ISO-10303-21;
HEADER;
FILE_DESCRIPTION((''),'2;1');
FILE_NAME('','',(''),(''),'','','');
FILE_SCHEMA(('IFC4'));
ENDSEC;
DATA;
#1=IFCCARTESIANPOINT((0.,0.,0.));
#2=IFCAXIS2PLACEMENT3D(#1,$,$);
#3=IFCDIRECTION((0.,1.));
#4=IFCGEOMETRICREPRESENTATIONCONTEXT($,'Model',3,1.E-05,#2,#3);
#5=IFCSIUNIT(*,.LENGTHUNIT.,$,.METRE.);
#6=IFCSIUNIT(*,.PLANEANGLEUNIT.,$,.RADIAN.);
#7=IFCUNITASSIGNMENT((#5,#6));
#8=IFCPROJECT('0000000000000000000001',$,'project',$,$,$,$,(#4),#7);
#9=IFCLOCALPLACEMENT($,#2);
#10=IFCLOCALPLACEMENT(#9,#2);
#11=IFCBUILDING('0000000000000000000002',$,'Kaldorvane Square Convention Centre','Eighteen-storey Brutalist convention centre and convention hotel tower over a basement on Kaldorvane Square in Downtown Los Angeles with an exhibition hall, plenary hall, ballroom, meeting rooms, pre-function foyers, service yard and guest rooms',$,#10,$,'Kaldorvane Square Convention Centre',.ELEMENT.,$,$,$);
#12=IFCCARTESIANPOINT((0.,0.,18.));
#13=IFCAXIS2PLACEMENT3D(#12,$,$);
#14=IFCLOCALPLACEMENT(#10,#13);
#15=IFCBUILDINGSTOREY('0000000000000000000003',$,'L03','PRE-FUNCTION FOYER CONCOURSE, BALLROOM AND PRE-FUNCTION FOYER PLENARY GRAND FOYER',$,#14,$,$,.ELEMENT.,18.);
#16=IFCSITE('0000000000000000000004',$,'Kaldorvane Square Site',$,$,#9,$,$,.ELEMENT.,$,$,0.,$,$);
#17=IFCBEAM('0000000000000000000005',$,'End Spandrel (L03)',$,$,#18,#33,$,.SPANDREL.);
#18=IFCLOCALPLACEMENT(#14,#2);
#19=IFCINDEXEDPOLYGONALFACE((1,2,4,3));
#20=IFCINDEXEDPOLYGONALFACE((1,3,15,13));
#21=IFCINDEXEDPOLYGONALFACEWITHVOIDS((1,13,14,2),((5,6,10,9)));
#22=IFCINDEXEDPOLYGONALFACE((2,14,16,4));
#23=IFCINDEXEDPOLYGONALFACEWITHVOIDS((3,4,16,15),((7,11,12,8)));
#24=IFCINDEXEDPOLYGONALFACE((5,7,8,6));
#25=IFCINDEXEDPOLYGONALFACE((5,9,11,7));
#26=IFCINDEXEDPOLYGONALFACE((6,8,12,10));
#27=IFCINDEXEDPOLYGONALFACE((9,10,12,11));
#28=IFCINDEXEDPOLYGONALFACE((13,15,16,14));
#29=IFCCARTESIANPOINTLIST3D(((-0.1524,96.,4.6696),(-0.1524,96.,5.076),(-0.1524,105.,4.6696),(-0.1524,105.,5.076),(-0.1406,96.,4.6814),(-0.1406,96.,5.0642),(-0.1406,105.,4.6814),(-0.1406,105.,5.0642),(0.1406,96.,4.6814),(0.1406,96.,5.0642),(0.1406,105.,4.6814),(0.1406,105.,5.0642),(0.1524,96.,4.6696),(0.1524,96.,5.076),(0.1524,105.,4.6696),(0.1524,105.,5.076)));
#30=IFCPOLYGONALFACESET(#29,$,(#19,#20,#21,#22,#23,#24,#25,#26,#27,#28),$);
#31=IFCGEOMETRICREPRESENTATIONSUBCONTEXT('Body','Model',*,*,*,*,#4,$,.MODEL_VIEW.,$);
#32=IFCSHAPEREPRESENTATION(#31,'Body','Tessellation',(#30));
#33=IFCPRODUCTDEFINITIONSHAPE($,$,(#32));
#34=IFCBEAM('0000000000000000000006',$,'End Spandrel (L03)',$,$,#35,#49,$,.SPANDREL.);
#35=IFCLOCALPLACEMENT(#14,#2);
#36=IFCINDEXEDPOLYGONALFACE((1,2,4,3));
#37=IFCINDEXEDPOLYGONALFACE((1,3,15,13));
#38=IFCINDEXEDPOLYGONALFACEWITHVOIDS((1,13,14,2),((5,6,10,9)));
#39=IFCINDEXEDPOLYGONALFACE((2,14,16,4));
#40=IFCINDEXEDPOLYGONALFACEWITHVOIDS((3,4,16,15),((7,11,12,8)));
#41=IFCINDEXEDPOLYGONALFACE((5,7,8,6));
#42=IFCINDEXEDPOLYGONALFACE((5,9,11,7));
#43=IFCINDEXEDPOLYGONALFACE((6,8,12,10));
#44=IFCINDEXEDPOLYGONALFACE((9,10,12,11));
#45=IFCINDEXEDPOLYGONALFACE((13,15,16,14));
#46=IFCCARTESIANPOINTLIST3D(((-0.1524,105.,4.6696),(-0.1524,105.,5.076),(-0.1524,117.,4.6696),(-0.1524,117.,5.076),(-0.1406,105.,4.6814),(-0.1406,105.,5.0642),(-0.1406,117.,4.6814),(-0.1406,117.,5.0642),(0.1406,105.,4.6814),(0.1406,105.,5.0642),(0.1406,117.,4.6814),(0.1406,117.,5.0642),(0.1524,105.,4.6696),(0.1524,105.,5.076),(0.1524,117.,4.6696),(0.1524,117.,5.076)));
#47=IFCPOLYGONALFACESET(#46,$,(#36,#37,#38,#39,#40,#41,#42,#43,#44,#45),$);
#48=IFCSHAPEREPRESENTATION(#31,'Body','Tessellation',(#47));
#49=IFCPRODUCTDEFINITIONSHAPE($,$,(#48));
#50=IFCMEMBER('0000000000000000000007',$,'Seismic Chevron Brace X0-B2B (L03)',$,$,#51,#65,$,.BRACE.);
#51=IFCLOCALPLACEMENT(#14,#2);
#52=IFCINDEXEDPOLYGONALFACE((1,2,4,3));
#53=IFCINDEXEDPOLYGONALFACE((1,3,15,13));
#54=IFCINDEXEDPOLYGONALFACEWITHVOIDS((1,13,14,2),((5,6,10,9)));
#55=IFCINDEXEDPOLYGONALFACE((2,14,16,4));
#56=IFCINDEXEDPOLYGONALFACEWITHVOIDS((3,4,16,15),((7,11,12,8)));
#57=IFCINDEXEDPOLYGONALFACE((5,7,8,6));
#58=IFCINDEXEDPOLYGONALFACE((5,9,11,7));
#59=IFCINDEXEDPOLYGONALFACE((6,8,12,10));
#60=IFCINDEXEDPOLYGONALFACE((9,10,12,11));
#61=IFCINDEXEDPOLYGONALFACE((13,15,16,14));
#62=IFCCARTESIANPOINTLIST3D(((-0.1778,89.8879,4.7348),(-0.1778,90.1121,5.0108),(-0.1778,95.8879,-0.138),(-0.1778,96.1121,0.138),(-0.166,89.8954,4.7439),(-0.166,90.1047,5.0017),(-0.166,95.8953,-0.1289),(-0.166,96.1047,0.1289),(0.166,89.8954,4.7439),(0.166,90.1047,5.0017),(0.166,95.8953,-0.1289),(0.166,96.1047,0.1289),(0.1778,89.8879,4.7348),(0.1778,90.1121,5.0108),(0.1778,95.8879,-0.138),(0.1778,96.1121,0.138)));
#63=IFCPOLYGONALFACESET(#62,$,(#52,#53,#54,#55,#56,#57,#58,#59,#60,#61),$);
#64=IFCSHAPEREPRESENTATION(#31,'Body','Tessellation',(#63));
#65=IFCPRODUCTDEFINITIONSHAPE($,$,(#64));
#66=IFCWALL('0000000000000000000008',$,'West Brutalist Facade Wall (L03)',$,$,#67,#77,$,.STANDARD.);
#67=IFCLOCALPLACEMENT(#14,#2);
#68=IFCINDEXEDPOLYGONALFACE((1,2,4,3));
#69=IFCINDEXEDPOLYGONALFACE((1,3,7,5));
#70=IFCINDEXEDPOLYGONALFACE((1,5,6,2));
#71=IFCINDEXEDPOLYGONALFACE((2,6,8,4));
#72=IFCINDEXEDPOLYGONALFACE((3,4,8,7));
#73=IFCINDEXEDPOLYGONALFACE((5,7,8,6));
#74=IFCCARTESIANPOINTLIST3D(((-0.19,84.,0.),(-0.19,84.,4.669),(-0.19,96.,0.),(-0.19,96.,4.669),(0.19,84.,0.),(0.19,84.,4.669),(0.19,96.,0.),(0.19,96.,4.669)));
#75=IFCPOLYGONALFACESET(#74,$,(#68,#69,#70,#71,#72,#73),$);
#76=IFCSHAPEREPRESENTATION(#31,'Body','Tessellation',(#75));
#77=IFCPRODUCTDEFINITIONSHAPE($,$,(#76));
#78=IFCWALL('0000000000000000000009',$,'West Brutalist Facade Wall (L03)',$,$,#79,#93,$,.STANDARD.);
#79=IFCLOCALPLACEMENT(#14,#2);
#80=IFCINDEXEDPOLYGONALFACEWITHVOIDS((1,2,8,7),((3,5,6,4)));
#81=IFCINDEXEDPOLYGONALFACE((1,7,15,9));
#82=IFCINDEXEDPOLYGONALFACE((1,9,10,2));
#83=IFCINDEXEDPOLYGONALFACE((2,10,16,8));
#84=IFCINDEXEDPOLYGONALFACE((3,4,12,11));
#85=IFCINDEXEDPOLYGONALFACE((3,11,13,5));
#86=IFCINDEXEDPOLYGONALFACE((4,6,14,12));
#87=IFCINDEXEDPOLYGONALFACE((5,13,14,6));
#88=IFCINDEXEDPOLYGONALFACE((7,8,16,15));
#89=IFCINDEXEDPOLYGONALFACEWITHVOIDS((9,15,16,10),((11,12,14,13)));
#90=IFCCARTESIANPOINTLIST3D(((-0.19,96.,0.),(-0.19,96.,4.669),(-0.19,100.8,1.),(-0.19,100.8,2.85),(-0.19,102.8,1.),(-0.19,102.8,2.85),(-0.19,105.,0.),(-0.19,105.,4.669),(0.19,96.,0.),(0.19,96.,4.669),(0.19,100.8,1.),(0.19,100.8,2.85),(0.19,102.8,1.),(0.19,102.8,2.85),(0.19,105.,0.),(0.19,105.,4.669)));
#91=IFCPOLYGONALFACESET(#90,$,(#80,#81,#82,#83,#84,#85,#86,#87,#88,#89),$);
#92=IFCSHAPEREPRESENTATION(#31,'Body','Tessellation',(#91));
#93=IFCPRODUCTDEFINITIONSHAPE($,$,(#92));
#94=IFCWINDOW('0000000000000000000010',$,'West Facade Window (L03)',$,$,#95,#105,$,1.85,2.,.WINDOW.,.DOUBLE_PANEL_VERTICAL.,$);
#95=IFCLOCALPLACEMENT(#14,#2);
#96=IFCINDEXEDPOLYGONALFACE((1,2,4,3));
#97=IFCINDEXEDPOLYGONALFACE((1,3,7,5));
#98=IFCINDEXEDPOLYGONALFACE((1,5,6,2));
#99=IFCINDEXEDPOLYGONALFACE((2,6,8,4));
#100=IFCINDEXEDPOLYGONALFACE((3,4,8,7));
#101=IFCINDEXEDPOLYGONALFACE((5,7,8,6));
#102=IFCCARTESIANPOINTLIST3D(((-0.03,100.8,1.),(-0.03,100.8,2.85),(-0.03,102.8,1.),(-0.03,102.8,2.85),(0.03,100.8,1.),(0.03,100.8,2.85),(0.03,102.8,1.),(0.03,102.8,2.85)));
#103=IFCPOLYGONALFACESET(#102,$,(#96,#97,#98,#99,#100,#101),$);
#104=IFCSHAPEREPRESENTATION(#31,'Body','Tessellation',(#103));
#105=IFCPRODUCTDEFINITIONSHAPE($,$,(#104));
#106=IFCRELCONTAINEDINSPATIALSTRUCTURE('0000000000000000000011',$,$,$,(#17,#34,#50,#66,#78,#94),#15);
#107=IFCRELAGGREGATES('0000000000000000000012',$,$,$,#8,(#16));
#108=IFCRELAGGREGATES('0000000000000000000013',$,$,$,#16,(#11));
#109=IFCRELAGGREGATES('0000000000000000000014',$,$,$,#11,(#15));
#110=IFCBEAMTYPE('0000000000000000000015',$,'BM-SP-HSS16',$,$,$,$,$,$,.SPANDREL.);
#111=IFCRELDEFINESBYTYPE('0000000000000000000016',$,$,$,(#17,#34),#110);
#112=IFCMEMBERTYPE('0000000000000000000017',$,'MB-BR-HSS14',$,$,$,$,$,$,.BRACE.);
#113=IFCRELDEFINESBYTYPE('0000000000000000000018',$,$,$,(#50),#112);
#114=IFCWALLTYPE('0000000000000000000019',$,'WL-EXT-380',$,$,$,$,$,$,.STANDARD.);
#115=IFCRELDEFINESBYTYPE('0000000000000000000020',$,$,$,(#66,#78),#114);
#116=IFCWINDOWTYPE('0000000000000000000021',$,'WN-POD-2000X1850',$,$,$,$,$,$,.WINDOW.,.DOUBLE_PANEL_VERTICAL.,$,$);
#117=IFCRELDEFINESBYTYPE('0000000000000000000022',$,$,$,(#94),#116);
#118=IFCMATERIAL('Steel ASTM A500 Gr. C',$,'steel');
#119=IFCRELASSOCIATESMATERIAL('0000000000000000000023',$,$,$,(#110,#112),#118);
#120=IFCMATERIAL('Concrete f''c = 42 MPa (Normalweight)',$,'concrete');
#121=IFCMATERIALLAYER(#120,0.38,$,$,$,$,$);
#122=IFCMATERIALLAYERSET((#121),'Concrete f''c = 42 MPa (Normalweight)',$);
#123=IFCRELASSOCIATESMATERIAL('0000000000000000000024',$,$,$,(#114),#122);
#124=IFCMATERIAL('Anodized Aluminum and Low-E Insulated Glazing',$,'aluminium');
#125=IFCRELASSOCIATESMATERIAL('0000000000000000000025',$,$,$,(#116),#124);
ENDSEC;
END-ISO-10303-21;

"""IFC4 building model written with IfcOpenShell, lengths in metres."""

from ifc_helpers import new_model, si_unit, direction, frame, frame_2d, origin, origin_2d, place, context, subcontext, project, spatial, rectangle, hollow_rectangle, extrude, material, layer, layer_set, material_profile, profile_set, type_object, element, fill, save


model = new_model("IFC4")

# Units and contexts
model_context = context("Model", 3, precision=1e-05, world=origin(), true_north=direction((0.0, 1.0)))
body_context = subcontext(model_context, "Body", "Model", "MODEL_VIEW")
ifc_project = project(units=[si_unit("LENGTHUNIT", "METRE"), si_unit("PLANEANGLEUNIT", "RADIAN")], contexts=[model_context])

# Site, building, storey
site_placement = place(None, origin())
site = spatial("IfcSite", under=ifc_project, at=site_placement, Name="Kaldorvane Square Site", CompositionType="ELEMENT", RefElevation=0.0)
building_placement = place(site_placement, origin())
building = spatial("IfcBuilding", under=site, at=building_placement, Name="Kaldorvane Square Convention Centre", Description="Eighteen-storey Brutalist convention centre and convention hotel tower over a basement on Kaldorvane Square in Downtown Los Angeles with an exhibition hall, plenary hall, ballroom, meeting rooms, pre-function foyers, service yard and guest rooms", LongName="Kaldorvane Square Convention Centre", CompositionType="ELEMENT")
storey_placement = place(building_placement, frame((0.0, 0.0, 18.0)))
storey = spatial("IfcBuildingStorey", under=building, at=storey_placement, Name="L03", Description="PRE-FUNCTION FOYER CONCOURSE, BALLROOM AND PRE-FUNCTION FOYER PLENARY GRAND FOYER", CompositionType="ELEMENT", Elevation=18.0)

# Beams
ifc_material_1 = material(Name="Steel ASTM A500 Gr. C", Category="steel")
ifc_material_profile_1 = material_profile(ifc_material_1, hollow_rectangle(XDim=0.3048, YDim=0.4064, WallThickness=0.0118, at=origin_2d()), Name="HSS16X12X1/2")
ifc_profile_set_1 = profile_set([ifc_material_profile_1], Name="Steel ASTM A500 Gr. C")
beam_type_1 = type_object("IfcBeamType", Name="BM-SP-HSS16", PredefinedType="SPANDREL", material=ifc_profile_set_1)
beam_1_placement = place(storey_placement, frame((0.0, 96.0, 4.8728), z_axis=(0.0, 1.0, 0.0), x_axis=(-1.0, 0.0, 0.0)))
element("IfcBeam", 1, at=beam_1_placement, inside=storey, type_object=beam_type_1, Name="End Spandrel (L03)", PredefinedType="SPANDREL", context=body_context, shape_type="SweptSolid", body=[
    extrude(hollow_rectangle(XDim=0.3048, YDim=0.4064, WallThickness=0.0118, at=origin_2d()), origin(), (0.0, 0.0, 1.0), 9.0),
])
beam_2_placement = place(storey_placement, frame((0.0, 105.0, 4.8728), z_axis=(0.0, 1.0, 0.0), x_axis=(-1.0, 0.0, 0.0)))
element("IfcBeam", 2, at=beam_2_placement, inside=storey, type_object=beam_type_1, Name="End Spandrel (L03)", PredefinedType="SPANDREL", context=body_context, shape_type="SweptSolid", body=[
    extrude(hollow_rectangle(XDim=0.3048, YDim=0.4064, WallThickness=0.0118, at=origin_2d()), origin(), (0.0, 0.0, 1.0), 12.0),
])

# Member
ifc_material_profile_2 = material_profile(ifc_material_1, hollow_rectangle(XDim=0.3556, YDim=0.3556, WallThickness=0.0118, at=origin_2d()), Name="HSS14X14X1/2")
ifc_profile_set_2 = profile_set([ifc_material_profile_2], Name="Steel ASTM A500 Gr. C")
member_type = type_object("IfcMemberType", Name="MB-BR-HSS14", PredefinedType="BRACE", material=ifc_profile_set_2)
member_placement = place(storey_placement, frame((0.0, 96.0, 0.0), z_axis=(0.0, -0.776253, 0.630421), x_axis=(1.0, 0.0, 0.0)))
element("IfcMember", 3, at=member_placement, inside=storey, type_object=member_type, Name="Seismic Chevron Brace X0-B2B (L03)", PredefinedType="BRACE", context=body_context, shape_type="SweptSolid", body=[
    extrude(hollow_rectangle(XDim=0.3556, YDim=0.3556, WallThickness=0.0118, at=origin_2d()), origin(), (0.0, 0.0, 1.0), 7.7294),
])

# Wall
ifc_material_2 = material(Name="Concrete f'c = 42 MPa (Normalweight)", Category="concrete")
ifc_layer = layer(ifc_material_2, 0.38)
ifc_layer_set = layer_set([ifc_layer], Name="Concrete f'c = 42 MPa (Normalweight)")
wall_type = type_object("IfcWallType", Name="WL-EXT-380", PredefinedType="STANDARD", material=ifc_layer_set)
wall_1_placement = place(storey_placement, frame((0.0, 96.0, 0.0), z_axis=(0.0, 0.0, 1.0), x_axis=(0.0, -1.0, 0.0)))
element("IfcWall", 4, at=wall_1_placement, inside=storey, type_object=wall_type, Name="West Brutalist Facade Wall (L03)", PredefinedType="STANDARD", context=body_context, shape_type="SweptSolid", body=[
    extrude(rectangle(XDim=12.0, YDim=0.38, at=frame_2d((6.0, 0.0))), origin(), (0.0, 0.0, 1.0), 4.669),
])

# Wall, opening, window
wall_2_placement = place(storey_placement, frame((0.0, 105.0, 0.0), z_axis=(0.0, 0.0, 1.0), x_axis=(0.0, -1.0, 0.0)))
wall_2 = element("IfcWall", 5, at=wall_2_placement, inside=storey, type_object=wall_type, Name="West Brutalist Facade Wall (L03)", PredefinedType="STANDARD", context=body_context, shape_type="SweptSolid", body=[
    extrude(rectangle(XDim=9.0, YDim=0.38, at=frame_2d((4.5, 0.0))), origin(), (0.0, 0.0, 1.0), 4.669),
])
opening_placement = place(wall_2_placement, frame((2.2, 0.0, 1.0)))
opening = element("IfcOpeningElement", 6, at=opening_placement, cuts=wall_2, PredefinedType="OPENING", context=body_context, shape_type="SweptSolid", body=[
    extrude(rectangle(XDim=2.0, YDim=1.85, at=frame_2d((1.0, 0.925))), frame((0.0, 0.205, 0.0), z_axis=(0.0, -1.0, 0.0), x_axis=(1.0, 0.0, 0.0)), (0.0, 0.0, 1.0), 0.41),
])
ifc_material_3 = material(Name="Anodized Aluminum and Low-E Insulated Glazing", Category="aluminium")
window_type = type_object("IfcWindowType", Name="WN-POD-2000X1850", PartitioningType="DOUBLE_PANEL_VERTICAL", PredefinedType="WINDOW", material=ifc_material_3)
window_placement = place(opening_placement, origin())
window = element("IfcWindow", 7, at=window_placement, inside=storey, type_object=window_type, Name="West Facade Window (L03)", OverallHeight=1.85, OverallWidth=2.0, PartitioningType="DOUBLE_PANEL_VERTICAL", PredefinedType="WINDOW", context=body_context, shape_type="SweptSolid", body=[
    extrude(rectangle(XDim=2.0, YDim=1.85, at=frame_2d((1.0, 0.925))), frame((0.0, 0.03, 0.0), z_axis=(0.0, -1.0, 0.0), x_axis=(1.0, 0.0, 0.0)), (0.0, 0.0, 1.0), 0.06),
])
fill(opening, window)

save(model, "model.ifc")
